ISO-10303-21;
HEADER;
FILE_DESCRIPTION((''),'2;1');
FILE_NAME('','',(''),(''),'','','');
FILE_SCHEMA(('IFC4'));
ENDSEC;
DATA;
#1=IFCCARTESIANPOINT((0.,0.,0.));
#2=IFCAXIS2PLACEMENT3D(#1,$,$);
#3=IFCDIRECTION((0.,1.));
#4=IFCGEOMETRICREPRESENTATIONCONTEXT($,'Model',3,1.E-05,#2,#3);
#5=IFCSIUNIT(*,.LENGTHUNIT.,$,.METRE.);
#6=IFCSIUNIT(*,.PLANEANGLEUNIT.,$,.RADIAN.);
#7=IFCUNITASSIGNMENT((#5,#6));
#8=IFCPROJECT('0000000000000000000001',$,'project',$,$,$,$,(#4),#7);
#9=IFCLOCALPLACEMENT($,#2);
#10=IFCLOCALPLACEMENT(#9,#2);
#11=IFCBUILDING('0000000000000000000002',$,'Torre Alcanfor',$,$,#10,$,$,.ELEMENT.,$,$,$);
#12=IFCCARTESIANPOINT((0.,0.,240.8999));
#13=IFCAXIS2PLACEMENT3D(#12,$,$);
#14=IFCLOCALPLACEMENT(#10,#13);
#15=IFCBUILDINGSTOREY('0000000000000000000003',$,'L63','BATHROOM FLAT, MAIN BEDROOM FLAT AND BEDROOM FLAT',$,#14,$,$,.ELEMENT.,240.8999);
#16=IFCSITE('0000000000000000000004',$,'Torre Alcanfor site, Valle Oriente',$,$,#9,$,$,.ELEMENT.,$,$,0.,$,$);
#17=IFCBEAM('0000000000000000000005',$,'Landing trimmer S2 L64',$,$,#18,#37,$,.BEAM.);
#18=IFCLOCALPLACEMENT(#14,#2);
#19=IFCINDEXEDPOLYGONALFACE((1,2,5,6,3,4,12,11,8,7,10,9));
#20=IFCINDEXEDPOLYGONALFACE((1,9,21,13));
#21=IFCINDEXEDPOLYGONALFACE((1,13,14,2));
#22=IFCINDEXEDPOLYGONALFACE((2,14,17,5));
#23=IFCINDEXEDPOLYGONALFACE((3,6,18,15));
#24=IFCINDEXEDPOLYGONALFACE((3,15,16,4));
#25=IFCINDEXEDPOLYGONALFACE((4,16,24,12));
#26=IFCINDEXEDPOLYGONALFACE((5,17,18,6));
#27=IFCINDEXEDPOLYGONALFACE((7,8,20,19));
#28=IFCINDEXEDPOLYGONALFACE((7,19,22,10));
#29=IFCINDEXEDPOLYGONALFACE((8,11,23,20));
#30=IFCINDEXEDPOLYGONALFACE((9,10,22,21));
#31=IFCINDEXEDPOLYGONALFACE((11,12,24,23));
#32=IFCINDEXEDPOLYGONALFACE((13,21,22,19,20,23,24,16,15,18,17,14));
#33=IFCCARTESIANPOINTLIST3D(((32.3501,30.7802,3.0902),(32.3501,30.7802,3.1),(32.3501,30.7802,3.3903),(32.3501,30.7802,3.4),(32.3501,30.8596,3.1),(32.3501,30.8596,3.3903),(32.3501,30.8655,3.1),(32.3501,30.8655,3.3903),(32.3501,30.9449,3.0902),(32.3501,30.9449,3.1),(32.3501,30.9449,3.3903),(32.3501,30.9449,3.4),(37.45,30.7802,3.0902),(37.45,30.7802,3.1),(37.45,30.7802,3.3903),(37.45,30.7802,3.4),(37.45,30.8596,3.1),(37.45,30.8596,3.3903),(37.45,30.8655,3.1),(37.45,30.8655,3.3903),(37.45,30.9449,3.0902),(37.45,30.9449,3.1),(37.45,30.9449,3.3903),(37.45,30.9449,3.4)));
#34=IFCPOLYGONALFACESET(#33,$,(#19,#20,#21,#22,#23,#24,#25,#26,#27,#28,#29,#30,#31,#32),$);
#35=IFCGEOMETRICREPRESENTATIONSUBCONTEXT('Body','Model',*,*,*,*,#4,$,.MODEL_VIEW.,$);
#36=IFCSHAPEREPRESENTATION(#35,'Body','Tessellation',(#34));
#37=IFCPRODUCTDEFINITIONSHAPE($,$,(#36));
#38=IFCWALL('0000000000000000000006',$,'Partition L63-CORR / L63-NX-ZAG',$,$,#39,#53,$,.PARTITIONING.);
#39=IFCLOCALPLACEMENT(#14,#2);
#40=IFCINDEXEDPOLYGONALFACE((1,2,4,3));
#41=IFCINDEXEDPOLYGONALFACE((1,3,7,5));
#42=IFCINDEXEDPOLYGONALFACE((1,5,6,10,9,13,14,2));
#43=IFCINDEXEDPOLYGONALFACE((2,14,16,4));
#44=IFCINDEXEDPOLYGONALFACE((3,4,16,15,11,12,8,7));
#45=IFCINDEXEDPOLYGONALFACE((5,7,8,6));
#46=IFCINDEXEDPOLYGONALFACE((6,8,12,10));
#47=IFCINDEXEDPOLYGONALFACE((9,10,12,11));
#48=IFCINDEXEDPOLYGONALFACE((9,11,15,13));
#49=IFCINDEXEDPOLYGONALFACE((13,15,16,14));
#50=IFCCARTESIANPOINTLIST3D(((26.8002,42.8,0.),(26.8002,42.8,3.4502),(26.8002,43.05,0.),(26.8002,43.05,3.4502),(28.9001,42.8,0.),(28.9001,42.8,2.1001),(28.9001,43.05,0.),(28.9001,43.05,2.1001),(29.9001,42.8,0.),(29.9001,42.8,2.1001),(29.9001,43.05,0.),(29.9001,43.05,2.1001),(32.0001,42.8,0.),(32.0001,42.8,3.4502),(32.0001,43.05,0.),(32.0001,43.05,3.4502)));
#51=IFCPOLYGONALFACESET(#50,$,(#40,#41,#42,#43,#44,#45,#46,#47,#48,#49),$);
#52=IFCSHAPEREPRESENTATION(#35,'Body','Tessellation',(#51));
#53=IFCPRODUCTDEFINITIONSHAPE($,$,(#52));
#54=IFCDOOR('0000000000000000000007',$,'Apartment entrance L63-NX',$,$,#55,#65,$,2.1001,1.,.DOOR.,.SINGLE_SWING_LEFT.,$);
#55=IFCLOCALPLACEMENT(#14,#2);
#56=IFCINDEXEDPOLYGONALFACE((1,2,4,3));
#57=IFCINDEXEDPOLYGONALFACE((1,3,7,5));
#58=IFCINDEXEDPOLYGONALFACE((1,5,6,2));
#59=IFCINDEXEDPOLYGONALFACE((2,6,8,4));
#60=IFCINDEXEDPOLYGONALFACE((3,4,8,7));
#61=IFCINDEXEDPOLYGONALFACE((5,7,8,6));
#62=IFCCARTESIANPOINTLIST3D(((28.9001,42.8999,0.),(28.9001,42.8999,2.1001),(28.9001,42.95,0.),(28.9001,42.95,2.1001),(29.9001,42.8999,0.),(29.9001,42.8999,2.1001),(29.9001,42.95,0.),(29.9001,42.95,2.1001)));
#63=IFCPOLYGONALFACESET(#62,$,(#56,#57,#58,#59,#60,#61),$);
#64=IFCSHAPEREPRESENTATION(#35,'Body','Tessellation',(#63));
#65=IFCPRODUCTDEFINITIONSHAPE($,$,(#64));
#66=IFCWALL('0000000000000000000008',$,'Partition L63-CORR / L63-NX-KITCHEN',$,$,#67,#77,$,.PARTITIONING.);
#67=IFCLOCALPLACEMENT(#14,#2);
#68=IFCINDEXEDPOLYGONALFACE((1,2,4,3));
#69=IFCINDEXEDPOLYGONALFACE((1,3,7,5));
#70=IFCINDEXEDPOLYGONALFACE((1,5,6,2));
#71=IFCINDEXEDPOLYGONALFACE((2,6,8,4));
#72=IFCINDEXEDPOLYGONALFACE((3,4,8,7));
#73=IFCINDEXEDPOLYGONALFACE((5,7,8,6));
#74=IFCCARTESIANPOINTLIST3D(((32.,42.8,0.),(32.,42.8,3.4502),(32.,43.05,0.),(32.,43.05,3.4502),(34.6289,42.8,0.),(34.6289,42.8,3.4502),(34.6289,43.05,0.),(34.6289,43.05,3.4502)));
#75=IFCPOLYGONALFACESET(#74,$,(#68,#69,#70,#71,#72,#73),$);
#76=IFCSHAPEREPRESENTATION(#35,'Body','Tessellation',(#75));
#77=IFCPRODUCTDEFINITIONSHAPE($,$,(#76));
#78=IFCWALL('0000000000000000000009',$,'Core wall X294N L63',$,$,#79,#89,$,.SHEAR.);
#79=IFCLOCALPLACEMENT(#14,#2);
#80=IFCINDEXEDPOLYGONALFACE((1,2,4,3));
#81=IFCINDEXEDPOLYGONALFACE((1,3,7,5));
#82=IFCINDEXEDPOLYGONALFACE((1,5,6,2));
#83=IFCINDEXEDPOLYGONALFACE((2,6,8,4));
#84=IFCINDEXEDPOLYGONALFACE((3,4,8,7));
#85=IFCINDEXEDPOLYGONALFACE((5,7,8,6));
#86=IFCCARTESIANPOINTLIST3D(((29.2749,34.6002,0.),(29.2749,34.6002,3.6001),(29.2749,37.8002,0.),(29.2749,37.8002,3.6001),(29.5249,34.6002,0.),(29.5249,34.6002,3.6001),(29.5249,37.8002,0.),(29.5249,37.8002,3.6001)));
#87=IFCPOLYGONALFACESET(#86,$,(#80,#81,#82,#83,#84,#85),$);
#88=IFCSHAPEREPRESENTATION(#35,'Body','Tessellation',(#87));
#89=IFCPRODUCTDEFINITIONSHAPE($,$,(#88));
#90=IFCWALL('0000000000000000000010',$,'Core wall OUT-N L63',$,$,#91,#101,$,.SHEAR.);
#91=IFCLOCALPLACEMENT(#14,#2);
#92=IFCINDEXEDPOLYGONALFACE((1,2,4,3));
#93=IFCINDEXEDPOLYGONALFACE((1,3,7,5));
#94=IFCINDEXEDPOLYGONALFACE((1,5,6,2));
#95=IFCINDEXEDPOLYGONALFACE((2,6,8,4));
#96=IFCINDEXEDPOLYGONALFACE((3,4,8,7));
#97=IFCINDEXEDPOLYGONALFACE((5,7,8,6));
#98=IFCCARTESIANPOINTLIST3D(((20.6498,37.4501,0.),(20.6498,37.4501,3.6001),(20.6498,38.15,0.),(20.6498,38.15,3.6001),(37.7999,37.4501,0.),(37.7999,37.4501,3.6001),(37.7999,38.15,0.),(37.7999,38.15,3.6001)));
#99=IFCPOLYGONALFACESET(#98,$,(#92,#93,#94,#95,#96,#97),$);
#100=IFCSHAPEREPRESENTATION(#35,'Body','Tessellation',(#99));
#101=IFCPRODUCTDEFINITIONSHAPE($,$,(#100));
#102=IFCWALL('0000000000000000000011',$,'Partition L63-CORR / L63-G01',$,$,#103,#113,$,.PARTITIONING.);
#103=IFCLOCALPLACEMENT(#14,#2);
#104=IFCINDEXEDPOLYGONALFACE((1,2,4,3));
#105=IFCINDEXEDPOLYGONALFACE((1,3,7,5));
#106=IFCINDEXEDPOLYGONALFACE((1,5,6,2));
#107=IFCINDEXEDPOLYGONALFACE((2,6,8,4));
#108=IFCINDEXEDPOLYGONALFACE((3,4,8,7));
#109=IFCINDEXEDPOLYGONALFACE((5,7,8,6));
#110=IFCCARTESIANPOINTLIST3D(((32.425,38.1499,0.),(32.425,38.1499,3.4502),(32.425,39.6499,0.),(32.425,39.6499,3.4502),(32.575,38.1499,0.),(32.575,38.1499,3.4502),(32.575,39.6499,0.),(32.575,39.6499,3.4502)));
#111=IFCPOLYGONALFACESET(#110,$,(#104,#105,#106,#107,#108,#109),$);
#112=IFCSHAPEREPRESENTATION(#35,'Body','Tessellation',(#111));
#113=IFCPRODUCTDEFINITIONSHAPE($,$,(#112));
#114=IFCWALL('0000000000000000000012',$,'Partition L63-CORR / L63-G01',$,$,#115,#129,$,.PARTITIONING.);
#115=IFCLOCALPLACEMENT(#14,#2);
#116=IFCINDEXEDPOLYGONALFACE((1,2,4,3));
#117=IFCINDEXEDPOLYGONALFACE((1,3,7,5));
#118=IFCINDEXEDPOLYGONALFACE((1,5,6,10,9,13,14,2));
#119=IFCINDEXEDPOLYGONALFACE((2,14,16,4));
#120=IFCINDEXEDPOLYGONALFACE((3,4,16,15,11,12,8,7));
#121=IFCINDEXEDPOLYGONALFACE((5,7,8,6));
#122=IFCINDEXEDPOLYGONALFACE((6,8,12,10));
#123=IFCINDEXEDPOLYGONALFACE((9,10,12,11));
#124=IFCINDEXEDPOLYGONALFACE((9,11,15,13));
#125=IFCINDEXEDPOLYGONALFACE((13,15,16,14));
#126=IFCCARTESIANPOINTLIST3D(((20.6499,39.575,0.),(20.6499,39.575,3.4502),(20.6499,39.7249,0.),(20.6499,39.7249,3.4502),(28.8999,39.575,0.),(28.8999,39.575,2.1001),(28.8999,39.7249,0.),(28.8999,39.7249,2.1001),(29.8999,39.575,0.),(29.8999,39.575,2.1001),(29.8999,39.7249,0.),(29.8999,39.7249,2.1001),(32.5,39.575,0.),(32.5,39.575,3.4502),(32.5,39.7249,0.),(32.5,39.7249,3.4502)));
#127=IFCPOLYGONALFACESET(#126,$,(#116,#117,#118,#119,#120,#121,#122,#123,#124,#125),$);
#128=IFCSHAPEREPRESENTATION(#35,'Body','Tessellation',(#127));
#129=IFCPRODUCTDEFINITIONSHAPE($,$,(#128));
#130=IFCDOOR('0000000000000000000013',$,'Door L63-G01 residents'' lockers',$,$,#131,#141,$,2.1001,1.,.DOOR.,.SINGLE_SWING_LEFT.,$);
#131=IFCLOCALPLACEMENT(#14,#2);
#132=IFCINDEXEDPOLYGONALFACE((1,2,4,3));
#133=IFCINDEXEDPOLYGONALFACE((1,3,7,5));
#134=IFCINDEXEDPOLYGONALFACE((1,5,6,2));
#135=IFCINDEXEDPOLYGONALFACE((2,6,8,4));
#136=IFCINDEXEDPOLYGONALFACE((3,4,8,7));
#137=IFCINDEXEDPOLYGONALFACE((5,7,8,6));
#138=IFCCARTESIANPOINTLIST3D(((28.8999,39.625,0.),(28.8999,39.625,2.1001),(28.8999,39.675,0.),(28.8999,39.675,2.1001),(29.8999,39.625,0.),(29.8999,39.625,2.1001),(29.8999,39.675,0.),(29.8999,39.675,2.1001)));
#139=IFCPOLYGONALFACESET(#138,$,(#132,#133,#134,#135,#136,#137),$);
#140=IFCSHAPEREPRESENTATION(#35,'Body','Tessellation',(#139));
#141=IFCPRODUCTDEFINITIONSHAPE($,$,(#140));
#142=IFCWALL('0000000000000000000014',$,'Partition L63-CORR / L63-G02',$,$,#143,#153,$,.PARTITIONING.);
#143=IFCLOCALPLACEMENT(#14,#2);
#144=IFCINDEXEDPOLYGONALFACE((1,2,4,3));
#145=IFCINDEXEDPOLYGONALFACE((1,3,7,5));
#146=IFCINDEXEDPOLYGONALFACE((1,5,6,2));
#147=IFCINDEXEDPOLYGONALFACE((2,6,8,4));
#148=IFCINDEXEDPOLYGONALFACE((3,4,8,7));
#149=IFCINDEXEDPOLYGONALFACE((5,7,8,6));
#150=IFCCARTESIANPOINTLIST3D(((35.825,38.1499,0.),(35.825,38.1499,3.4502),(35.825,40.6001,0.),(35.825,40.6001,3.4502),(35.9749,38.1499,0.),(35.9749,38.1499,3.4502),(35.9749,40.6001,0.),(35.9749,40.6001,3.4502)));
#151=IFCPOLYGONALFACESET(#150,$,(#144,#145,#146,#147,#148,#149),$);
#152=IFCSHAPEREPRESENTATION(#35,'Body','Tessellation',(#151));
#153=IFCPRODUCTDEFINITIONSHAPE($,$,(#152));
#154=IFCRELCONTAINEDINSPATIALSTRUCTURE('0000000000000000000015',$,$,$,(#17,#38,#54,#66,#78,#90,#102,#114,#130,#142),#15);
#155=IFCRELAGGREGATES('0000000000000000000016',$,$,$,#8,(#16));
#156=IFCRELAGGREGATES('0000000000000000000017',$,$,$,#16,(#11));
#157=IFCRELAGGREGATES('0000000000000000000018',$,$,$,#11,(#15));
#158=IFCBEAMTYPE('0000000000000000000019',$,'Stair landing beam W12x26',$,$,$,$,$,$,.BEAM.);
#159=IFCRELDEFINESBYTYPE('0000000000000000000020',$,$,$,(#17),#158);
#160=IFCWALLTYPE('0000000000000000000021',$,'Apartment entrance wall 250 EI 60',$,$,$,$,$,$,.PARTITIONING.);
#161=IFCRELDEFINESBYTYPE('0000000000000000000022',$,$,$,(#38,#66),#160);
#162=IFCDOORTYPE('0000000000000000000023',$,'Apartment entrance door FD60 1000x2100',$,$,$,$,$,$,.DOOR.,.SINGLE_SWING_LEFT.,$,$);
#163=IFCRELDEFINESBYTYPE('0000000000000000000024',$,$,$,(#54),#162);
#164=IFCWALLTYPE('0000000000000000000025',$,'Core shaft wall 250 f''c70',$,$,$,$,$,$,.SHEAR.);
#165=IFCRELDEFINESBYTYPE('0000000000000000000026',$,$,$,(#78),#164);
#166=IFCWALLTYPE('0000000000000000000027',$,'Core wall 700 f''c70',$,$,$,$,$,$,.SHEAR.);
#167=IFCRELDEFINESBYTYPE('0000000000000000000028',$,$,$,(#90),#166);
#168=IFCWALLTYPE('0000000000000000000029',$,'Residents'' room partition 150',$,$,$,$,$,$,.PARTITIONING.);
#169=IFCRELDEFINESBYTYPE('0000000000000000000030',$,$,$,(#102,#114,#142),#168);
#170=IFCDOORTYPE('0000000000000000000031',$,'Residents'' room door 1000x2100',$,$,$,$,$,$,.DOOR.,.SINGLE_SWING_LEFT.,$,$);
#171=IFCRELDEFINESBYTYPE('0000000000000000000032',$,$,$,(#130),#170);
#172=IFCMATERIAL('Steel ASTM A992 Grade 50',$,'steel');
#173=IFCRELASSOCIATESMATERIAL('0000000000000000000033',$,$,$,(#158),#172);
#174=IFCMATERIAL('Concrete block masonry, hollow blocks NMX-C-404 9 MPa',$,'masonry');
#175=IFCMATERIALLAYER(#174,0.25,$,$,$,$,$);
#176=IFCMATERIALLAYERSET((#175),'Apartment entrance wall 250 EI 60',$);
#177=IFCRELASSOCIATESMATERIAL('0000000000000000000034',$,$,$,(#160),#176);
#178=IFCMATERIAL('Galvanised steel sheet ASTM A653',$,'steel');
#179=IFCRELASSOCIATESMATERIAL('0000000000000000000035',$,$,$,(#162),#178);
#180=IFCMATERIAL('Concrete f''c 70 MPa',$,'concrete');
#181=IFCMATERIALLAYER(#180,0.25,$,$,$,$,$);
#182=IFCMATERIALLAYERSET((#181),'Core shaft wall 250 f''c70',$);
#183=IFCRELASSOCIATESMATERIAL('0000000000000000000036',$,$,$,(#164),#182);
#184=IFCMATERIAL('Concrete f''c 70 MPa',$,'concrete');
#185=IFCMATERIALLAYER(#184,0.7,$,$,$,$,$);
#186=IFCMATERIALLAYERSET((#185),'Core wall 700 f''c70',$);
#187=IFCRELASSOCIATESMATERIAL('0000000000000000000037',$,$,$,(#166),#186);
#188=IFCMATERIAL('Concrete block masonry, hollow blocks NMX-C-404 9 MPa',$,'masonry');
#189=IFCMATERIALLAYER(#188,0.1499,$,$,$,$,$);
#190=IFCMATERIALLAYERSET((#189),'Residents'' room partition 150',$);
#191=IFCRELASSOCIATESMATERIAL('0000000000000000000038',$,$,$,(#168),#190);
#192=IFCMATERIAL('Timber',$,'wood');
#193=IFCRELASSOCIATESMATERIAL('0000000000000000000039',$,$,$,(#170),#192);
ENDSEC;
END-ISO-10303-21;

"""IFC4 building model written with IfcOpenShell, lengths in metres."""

from ifc_helpers import new_model, si_unit, direction, frame, frame_2d, origin, origin_2d, place, context, subcontext, project, spatial, rectangle, i_section, extrude, material, layer, layer_set, material_profile, profile_set, type_object, element, fill, save


model = new_model("IFC4")

# Units and contexts
model_context = context("Model", 3, precision=1e-05, world=origin(), true_north=direction((0.0, 1.0)))
body_context = subcontext(model_context, "Body", "Model", "MODEL_VIEW")
ifc_project = project(units=[si_unit("LENGTHUNIT", "METRE"), si_unit("PLANEANGLEUNIT", "RADIAN")], contexts=[model_context])

# Site, building, storey
site_placement = place(None, origin())
site = spatial("IfcSite", under=ifc_project, at=site_placement, Name="Torre Alcanfor site, Valle Oriente", CompositionType="ELEMENT", RefElevation=0.0)
building_placement = place(site_placement, origin())
building = spatial("IfcBuilding", under=site, at=building_placement, Name="Torre Alcanfor", CompositionType="ELEMENT")
storey_placement = place(building_placement, frame((0.0, 0.0, 240.8999)))
storey = spatial("IfcBuildingStorey", under=building, at=storey_placement, Name="L63", Description="BATHROOM FLAT, MAIN BEDROOM FLAT AND BEDROOM FLAT", CompositionType="ELEMENT", Elevation=240.8999)

# Beam
ifc_material_1 = material(Name="Steel ASTM A992 Grade 50", Category="steel")
ifc_material_profile_1 = material_profile(ifc_material_1, i_section(OverallWidth=0.1648, OverallDepth=0.3098, WebThickness=0.0059, FlangeThickness=0.0098, at=origin_2d()), Name="W12x26")
ifc_profile_set_1 = profile_set([ifc_material_profile_1], Name="Steel ASTM A992 Grade 50")
beam_type_1 = type_object("IfcBeamType", Name="Stair landing beam W12x26", PredefinedType="BEAM", material=ifc_profile_set_1)
beam_1_placement = place(storey_placement, frame((32.3501, 30.8625, 3.2451), z_axis=(1.0, 0.0, 0.0), x_axis=(0.0, 1.0, 0.0)))
element("IfcBeam", 1, at=beam_1_placement, inside=storey, type_object=beam_type_1, Name="Landing trimmer S2 L64", PredefinedType="BEAM", context=body_context, shape_type="SweptSolid", body=[
    extrude(i_section(OverallWidth=0.1648, OverallDepth=0.3098, WebThickness=0.0059, FlangeThickness=0.0098, at=origin_2d()), origin(), (0.0, 0.0, 1.0), 5.0999),
])

# Wall, opening, door
ifc_material_2 = material(Name="Concrete block masonry, hollow blocks NMX-C-404 9 MPa", Category="masonry")
ifc_layer_1 = layer(ifc_material_2, 0.25)
ifc_layer_set_1 = layer_set([ifc_layer_1], Name="Apartment entrance wall 250 EI 60")
wall_type_1 = type_object("IfcWallType", Name="Apartment entrance wall 250 EI 60", PredefinedType="PARTITIONING", material=ifc_layer_set_1)
wall_1_placement = place(storey_placement, frame((26.8, 42.925, 0.0), z_axis=(0.0, 0.0, 1.0), x_axis=(1.0, 0.0, 0.0)))
wall_1 = element("IfcWall", 2, at=wall_1_placement, inside=storey, type_object=wall_type_1, Name="Partition L63-CORR / L63-NX-ZAG", PredefinedType="PARTITIONING", context=body_context, shape_type="SweptSolid", body=[
    extrude(rectangle(XDim=5.2, YDim=0.25, at=frame_2d((2.6001, 0.0))), origin(), (0.0, 0.0, 1.0), 3.4502),
])
opening_1_placement = place(wall_1_placement, frame((2.1001, 0.0, 0.0)))
opening_1 = element("IfcOpeningElement", 3, at=opening_1_placement, cuts=wall_1, PredefinedType="OPENING", context=body_context, shape_type="SweptSolid", body=[
    extrude(rectangle(XDim=1.0, YDim=2.1001, at=frame_2d((0.5, 1.05))), frame((0.0, 0.135, 0.0), z_axis=(0.0, -1.0, 0.0), x_axis=(1.0, 0.0, 0.0)), (0.0, 0.0, 1.0), 0.27),
])
ifc_material_3 = material(Name="Galvanised steel sheet ASTM A653", Category="steel")
door_type_1 = type_object("IfcDoorType", Name="Apartment entrance door FD60 1000x2100", OperationType="SINGLE_SWING_LEFT", PredefinedType="DOOR", material=ifc_material_3)
door_1_placement = place(opening_1_placement, origin())
door_1 = element("IfcDoor", 4, at=door_1_placement, inside=storey, type_object=door_type_1, Name="Apartment entrance L63-NX", OperationType="SINGLE_SWING_LEFT", OverallHeight=2.1001, OverallWidth=1.0, PredefinedType="DOOR", context=body_context, shape_type="SweptSolid", body=[
    extrude(rectangle(XDim=1.0, YDim=2.1001, at=frame_2d((0.5, 1.05))), frame((0.0, 0.0249, 0.0), z_axis=(0.0, -1.0, 0.0), x_axis=(1.0, 0.0, 0.0)), (0.0, 0.0, 1.0), 0.05),
])
fill(opening_1, door_1)

# Walls
wall_2_placement = place(storey_placement, frame((32.0, 42.925, 0.0), z_axis=(0.0, 0.0, 1.0), x_axis=(1.0, 0.0, 0.0)))
element("IfcWall", 5, at=wall_2_placement, inside=storey, type_object=wall_type_1, Name="Partition L63-CORR / L63-NX-KITCHEN", PredefinedType="PARTITIONING", context=body_context, shape_type="SweptSolid", body=[
    extrude(rectangle(XDim=2.6289, YDim=0.25, at=frame_2d((1.3145, 0.0))), origin(), (0.0, 0.0, 1.0), 3.4502),
])
ifc_material_4 = material(Name="Concrete f'c 70 MPa", Category="concrete")
ifc_layer_2 = layer(ifc_material_4, 0.25)
ifc_layer_set_2 = layer_set([ifc_layer_2], Name="Core shaft wall 250 f'c70")
wall_type_2 = type_object("IfcWallType", Name="Core shaft wall 250 f'c70", PredefinedType="SHEAR", material=ifc_layer_set_2)
wall_3_placement = place(storey_placement, frame((29.3999, 34.6001, 0.0), z_axis=(0.0, 0.0, 1.0), x_axis=(0.0, 1.0, 0.0)))
element("IfcWall", 6, at=wall_3_placement, inside=storey, type_object=wall_type_2, Name="Core wall X294N L63", PredefinedType="SHEAR", context=body_context, shape_type="SweptSolid", body=[
    extrude(rectangle(XDim=3.2, YDim=0.25, at=frame_2d((1.6001, 0.0))), origin(), (0.0, 0.0, 1.0), 3.6001),
])
ifc_material_5 = material(Name="Concrete f'c 70 MPa", Category="concrete")
ifc_layer_3 = layer(ifc_material_5, 0.7)
ifc_layer_set_3 = layer_set([ifc_layer_3], Name="Core wall 700 f'c70")
wall_type_3 = type_object("IfcWallType", Name="Core wall 700 f'c70", PredefinedType="SHEAR", material=ifc_layer_set_3)
wall_4_placement = place(storey_placement, frame((37.8, 37.8, 0.0), z_axis=(0.0, 0.0, 1.0), x_axis=(-1.0, 0.0, 0.0)))
element("IfcWall", 7, at=wall_4_placement, inside=storey, type_object=wall_type_3, Name="Core wall OUT-N L63", PredefinedType="SHEAR", context=body_context, shape_type="SweptSolid", body=[
    extrude(rectangle(XDim=17.1501, YDim=0.7, at=frame_2d((8.5752, 0.0))), origin(), (0.0, 0.0, 1.0), 3.6001),
])
ifc_material_6 = material(Name="Concrete block masonry, hollow blocks NMX-C-404 9 MPa", Category="masonry")
ifc_layer_4 = layer(ifc_material_6, 0.1499)
ifc_layer_set_4 = layer_set([ifc_layer_4], Name="Residents' room partition 150")
wall_type_4 = type_object("IfcWallType", Name="Residents' room partition 150", PredefinedType="PARTITIONING", material=ifc_layer_set_4)
wall_5_placement = place(storey_placement, frame((32.5, 38.1499, 0.0), z_axis=(0.0, 0.0, 1.0), x_axis=(0.0, 1.0, 0.0)))
element("IfcWall", 8, at=wall_5_placement, inside=storey, type_object=wall_type_4, Name="Partition L63-CORR / L63-G01", PredefinedType="PARTITIONING", context=body_context, shape_type="SweptSolid", body=[
    extrude(rectangle(XDim=1.5, YDim=0.1499, at=frame_2d((0.75, 0.0))), origin(), (0.0, 0.0, 1.0), 3.4502),
])

# Wall, opening, door
wall_6_placement = place(storey_placement, frame((32.5, 39.6499, 0.0), z_axis=(0.0, 0.0, 1.0), x_axis=(-1.0, 0.0, 0.0)))
wall_6 = element("IfcWall", 9, at=wall_6_placement, inside=storey, type_object=wall_type_4, Name="Partition L63-CORR / L63-G01", PredefinedType="PARTITIONING", context=body_context, shape_type="SweptSolid", body=[
    extrude(rectangle(XDim=11.8501, YDim=0.1499, at=frame_2d((5.925, 0.0))), origin(), (0.0, 0.0, 1.0), 3.4502),
])
opening_2_placement = place(wall_6_placement, frame((2.6001, 0.0, 0.0)))
opening_2 = element("IfcOpeningElement", 10, at=opening_2_placement, cuts=wall_6, PredefinedType="OPENING", context=body_context, shape_type="SweptSolid", body=[
    extrude(rectangle(XDim=1.0, YDim=2.1001, at=frame_2d((0.5, 1.05))), frame((0.0, 0.085, 0.0), z_axis=(0.0, -1.0, 0.0), x_axis=(1.0, 0.0, 0.0)), (0.0, 0.0, 1.0), 0.1699),
])
ifc_material_7 = material(Name="Timber", Category="wood")
door_type_2 = type_object("IfcDoorType", Name="Residents' room door 1000x2100", OperationType="SINGLE_SWING_LEFT", PredefinedType="DOOR", material=ifc_material_7)
door_2_placement = place(opening_2_placement, origin())
door_2 = element("IfcDoor", 11, at=door_2_placement, inside=storey, type_object=door_type_2, Name="Door L63-G01 residents' lockers", OperationType="SINGLE_SWING_LEFT", OverallHeight=2.1001, OverallWidth=1.0, PredefinedType="DOOR", context=body_context, shape_type="SweptSolid", body=[
    extrude(rectangle(XDim=1.0, YDim=2.1001, at=frame_2d((0.5, 1.05))), frame((0.0, 0.0249, 0.0), z_axis=(0.0, -1.0, 0.0), x_axis=(1.0, 0.0, 0.0)), (0.0, 0.0, 1.0), 0.05),
])
fill(opening_2, door_2)

# Wall
wall_7_placement = place(storey_placement, frame((35.8999, 40.6001, 0.0), z_axis=(0.0, 0.0, 1.0), x_axis=(0.0, -1.0, 0.0)))
element("IfcWall", 12, at=wall_7_placement, inside=storey, type_object=wall_type_4, Name="Partition L63-CORR / L63-G02", PredefinedType="PARTITIONING", context=body_context, shape_type="SweptSolid", body=[
    extrude(rectangle(XDim=2.4502, YDim=0.1499, at=frame_2d((1.2251, 0.0))), origin(), (0.0, 0.0, 1.0), 3.4502),
])

save(model, "model.ifc")
